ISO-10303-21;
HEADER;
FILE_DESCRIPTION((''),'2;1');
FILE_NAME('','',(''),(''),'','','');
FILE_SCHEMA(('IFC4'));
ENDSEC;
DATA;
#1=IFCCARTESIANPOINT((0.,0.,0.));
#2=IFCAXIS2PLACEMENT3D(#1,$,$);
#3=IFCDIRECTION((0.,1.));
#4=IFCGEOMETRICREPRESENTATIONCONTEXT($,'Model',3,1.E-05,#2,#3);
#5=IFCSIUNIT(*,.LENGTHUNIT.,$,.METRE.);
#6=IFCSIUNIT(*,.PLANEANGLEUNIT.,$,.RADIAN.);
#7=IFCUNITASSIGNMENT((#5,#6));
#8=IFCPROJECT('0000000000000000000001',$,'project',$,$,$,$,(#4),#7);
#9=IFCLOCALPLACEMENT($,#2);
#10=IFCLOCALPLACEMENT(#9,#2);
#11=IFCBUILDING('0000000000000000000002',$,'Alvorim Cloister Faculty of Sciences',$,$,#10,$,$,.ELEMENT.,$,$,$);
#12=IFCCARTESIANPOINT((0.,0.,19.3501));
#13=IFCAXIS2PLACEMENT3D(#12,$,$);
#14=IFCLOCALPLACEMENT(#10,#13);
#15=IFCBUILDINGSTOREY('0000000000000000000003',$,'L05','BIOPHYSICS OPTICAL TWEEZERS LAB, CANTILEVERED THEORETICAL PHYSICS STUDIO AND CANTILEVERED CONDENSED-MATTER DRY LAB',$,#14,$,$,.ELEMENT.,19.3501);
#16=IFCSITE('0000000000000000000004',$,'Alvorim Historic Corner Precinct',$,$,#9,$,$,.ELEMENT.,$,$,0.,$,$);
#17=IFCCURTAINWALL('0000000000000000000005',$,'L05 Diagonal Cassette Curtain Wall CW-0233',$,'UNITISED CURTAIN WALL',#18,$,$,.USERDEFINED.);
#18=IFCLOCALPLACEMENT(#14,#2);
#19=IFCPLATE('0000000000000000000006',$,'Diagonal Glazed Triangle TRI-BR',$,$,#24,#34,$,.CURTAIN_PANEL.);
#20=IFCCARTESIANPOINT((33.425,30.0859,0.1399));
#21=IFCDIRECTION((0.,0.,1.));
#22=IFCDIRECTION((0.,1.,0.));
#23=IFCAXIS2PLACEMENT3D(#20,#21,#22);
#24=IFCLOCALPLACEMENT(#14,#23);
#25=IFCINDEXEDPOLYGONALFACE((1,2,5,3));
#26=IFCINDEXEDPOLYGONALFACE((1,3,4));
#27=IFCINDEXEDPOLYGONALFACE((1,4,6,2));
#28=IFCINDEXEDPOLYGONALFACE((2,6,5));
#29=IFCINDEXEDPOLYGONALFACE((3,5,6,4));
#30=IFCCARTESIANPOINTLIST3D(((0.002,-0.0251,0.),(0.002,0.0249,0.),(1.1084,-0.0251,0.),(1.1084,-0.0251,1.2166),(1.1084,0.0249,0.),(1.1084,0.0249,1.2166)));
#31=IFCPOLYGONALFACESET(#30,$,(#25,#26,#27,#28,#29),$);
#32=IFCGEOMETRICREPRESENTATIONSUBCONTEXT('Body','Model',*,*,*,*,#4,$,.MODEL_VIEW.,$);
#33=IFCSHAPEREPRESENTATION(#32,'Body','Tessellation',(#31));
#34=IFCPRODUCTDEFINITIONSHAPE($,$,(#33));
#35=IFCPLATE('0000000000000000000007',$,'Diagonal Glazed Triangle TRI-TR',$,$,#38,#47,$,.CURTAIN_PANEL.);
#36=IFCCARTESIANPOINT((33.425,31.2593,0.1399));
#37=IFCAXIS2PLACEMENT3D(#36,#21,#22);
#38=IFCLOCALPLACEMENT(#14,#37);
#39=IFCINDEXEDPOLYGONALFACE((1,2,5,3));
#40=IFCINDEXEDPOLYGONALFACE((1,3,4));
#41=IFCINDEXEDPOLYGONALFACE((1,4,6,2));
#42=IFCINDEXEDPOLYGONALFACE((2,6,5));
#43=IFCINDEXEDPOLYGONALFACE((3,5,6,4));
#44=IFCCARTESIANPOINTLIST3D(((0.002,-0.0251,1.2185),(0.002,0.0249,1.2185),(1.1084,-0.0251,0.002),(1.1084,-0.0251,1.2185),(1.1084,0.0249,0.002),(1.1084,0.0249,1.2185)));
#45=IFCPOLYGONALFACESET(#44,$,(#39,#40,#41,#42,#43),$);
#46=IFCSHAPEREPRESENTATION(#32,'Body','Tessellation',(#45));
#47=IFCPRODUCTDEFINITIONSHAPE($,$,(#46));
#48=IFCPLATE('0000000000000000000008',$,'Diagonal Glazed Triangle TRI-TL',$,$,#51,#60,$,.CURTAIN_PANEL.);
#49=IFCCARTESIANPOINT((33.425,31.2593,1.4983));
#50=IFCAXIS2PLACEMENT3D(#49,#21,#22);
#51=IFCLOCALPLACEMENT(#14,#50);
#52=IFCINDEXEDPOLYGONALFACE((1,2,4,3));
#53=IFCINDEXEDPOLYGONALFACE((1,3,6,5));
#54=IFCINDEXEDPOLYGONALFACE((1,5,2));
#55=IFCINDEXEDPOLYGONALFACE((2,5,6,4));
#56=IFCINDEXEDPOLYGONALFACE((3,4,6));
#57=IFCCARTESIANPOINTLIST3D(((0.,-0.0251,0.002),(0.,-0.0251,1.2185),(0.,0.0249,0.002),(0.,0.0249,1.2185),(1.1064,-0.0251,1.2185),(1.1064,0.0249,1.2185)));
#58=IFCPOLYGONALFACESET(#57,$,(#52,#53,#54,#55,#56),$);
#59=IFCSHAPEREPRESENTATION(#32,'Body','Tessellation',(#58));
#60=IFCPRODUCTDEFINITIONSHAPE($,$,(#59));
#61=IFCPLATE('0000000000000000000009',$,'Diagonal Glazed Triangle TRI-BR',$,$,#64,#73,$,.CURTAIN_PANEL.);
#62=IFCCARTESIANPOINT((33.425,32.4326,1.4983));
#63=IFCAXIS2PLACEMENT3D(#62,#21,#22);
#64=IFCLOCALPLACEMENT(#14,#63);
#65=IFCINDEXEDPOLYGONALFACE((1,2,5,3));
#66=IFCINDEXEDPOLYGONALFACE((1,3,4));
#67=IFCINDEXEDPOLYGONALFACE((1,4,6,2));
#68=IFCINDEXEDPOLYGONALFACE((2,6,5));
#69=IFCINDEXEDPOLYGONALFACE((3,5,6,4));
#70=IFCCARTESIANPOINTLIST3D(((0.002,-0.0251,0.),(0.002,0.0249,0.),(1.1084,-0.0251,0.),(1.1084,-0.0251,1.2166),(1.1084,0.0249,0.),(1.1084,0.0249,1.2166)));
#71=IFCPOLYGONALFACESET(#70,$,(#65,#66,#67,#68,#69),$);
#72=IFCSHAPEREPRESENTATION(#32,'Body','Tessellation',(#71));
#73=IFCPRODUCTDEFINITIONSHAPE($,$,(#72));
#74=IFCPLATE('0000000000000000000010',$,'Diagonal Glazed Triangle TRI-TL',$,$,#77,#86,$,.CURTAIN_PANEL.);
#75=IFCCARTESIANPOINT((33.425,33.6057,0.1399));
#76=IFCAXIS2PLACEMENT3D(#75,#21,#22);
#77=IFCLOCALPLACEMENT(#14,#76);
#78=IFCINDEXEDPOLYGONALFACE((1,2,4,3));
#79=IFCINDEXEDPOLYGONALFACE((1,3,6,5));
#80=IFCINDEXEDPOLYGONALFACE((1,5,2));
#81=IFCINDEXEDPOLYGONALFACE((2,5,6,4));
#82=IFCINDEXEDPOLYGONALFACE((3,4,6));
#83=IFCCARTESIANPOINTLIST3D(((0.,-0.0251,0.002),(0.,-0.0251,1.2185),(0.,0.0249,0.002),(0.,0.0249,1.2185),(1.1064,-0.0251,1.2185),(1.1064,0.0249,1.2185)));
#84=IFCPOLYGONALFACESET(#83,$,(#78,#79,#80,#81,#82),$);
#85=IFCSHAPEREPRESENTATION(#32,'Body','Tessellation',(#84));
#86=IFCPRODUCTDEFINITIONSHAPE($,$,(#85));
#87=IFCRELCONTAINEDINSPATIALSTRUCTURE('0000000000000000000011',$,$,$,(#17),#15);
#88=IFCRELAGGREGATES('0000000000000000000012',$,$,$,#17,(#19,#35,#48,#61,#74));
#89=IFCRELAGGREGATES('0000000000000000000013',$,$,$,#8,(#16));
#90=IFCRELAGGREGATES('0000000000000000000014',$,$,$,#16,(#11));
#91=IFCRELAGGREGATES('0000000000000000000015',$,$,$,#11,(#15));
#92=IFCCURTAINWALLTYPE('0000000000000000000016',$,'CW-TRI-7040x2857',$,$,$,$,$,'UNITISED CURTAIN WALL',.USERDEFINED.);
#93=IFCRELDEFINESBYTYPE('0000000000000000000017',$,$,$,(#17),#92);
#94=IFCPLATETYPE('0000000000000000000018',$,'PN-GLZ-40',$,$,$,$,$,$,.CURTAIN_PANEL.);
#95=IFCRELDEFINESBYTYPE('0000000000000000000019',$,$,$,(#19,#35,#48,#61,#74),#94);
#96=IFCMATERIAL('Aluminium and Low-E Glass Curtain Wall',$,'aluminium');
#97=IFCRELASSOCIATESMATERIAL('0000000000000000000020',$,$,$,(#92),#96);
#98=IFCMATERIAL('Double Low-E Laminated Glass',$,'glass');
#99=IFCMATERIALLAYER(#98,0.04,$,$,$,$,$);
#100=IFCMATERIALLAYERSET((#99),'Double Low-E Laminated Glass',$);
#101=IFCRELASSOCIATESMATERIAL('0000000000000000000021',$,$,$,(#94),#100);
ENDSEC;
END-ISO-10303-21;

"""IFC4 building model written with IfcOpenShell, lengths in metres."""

from ifc_helpers import new_model, si_unit, direction, frame, origin, place, context, subcontext, project, spatial, polyline, outline, extrude, material, layer, layer_set, type_object, element, aggregate, save


model = new_model("IFC4")

# Units and contexts
model_context = context("Model", 3, precision=1e-05, world=origin(), true_north=direction((0.0, 1.0)))
body_context = subcontext(model_context, "Body", "Model", "MODEL_VIEW")
ifc_project = project(units=[si_unit("LENGTHUNIT", "METRE"), si_unit("PLANEANGLEUNIT", "RADIAN")], contexts=[model_context])

# Site, building, storey
site_placement = place(None, origin())
site = spatial("IfcSite", under=ifc_project, at=site_placement, Name="Alvorim Historic Corner Precinct", CompositionType="ELEMENT", RefElevation=0.0)
building_placement = place(site_placement, origin())
building = spatial("IfcBuilding", under=site, at=building_placement, Name="Alvorim Cloister Faculty of Sciences", CompositionType="ELEMENT")
storey_placement = place(building_placement, frame((0.0, 0.0, 19.3501)))
storey = spatial("IfcBuildingStorey", under=building, at=storey_placement, Name="L05", Description="BIOPHYSICS OPTICAL TWEEZERS LAB, CANTILEVERED THEORETICAL PHYSICS STUDIO AND CANTILEVERED CONDENSED-MATTER DRY LAB", CompositionType="ELEMENT", Elevation=19.3501)

# Curtain wall, plates
ifc_material_1 = material(Name="Aluminium and Low-E Glass Curtain Wall", Category="aluminium")
curtain_wall_type = type_object("IfcCurtainWallType", Name="CW-TRI-7040x2857", ElementType="UNITISED CURTAIN WALL", PredefinedType="USERDEFINED", material=ifc_material_1)
curtain_wall_placement = place(storey_placement, origin())
curtain_wall = element("IfcCurtainWall", 1, at=curtain_wall_placement, inside=storey, type_object=curtain_wall_type, Name="L05 Diagonal Cassette Curtain Wall CW-0233", ObjectType="UNITISED CURTAIN WALL", PredefinedType="USERDEFINED")
ifc_material_2 = material(Name="Double Low-E Laminated Glass", Category="glass")
ifc_layer = layer(ifc_material_2, 0.04)
ifc_layer_set = layer_set([ifc_layer], Name="Double Low-E Laminated Glass")
plate_type = type_object("IfcPlateType", Name="PN-GLZ-40", PredefinedType="CURTAIN_PANEL", material=ifc_layer_set)
plate_1_placement = place(storey_placement, frame((33.425, 30.0859, 0.1399), z_axis=(0.0, 0.0, 1.0), x_axis=(0.0, 1.0, 0.0)))
plate_1 = element("IfcPlate", 2, at=plate_1_placement, type_object=plate_type, Name="Diagonal Glazed Triangle TRI-BR", PredefinedType="CURTAIN_PANEL", context=body_context, shape_type="SweptSolid", body=[
    extrude(outline(polyline([(0.002, 0.0), (1.1084, 0.0), (1.1084, 1.2166), (0.002, 0.0)])), frame((0.0, 0.0249, 0.0), z_axis=(0.0, -1.0, 0.0), x_axis=(1.0, 0.0, 0.0)), (0.0, 0.0, 1.0), 0.05),
])
plate_2_placement = place(storey_placement, frame((33.425, 31.2593, 0.1399), z_axis=(0.0, 0.0, 1.0), x_axis=(0.0, 1.0, 0.0)))
plate_2 = element("IfcPlate", 3, at=plate_2_placement, type_object=plate_type, Name="Diagonal Glazed Triangle TRI-TR", PredefinedType="CURTAIN_PANEL", context=body_context, shape_type="SweptSolid", body=[
    extrude(outline(polyline([(1.1084, 0.002), (1.1084, 1.2185), (0.002, 1.2185), (1.1084, 0.002)])), frame((0.0, 0.0249, 0.0), z_axis=(0.0, -1.0, 0.0), x_axis=(1.0, 0.0, 0.0)), (0.0, 0.0, 1.0), 0.05),
])
plate_3_placement = place(storey_placement, frame((33.425, 31.2593, 1.4983), z_axis=(0.0, 0.0, 1.0), x_axis=(0.0, 1.0, 0.0)))
plate_3 = element("IfcPlate", 4, at=plate_3_placement, type_object=plate_type, Name="Diagonal Glazed Triangle TRI-TL", PredefinedType="CURTAIN_PANEL", context=body_context, shape_type="SweptSolid", body=[
    extrude(outline(polyline([(1.1064, 1.2185), (0.0, 1.2185), (0.0, 0.002), (1.1064, 1.2185)])), frame((0.0, 0.0249, 0.0), z_axis=(0.0, -1.0, 0.0), x_axis=(1.0, 0.0, 0.0)), (0.0, 0.0, 1.0), 0.05),
])
plate_4_placement = place(storey_placement, frame((33.425, 32.4326, 1.4983), z_axis=(0.0, 0.0, 1.0), x_axis=(0.0, 1.0, 0.0)))
plate_4 = element("IfcPlate", 5, at=plate_4_placement, type_object=plate_type, Name="Diagonal Glazed Triangle TRI-BR", PredefinedType="CURTAIN_PANEL", context=body_context, shape_type="SweptSolid", body=[
    extrude(outline(polyline([(0.002, 0.0), (1.1084, 0.0), (1.1084, 1.2166), (0.002, 0.0)])), frame((0.0, 0.0249, 0.0), z_axis=(0.0, -1.0, 0.0), x_axis=(1.0, 0.0, 0.0)), (0.0, 0.0, 1.0), 0.05),
])
plate_5_placement = place(storey_placement, frame((33.425, 33.6057, 0.1399), z_axis=(0.0, 0.0, 1.0), x_axis=(0.0, 1.0, 0.0)))
plate_5 = element("IfcPlate", 6, at=plate_5_placement, type_object=plate_type, Name="Diagonal Glazed Triangle TRI-TL", PredefinedType="CURTAIN_PANEL", context=body_context, shape_type="SweptSolid", body=[
    extrude(outline(polyline([(1.1064, 1.2185), (0.0, 1.2185), (0.0, 0.002), (1.1064, 1.2185)])), frame((0.0, 0.0249, 0.0), z_axis=(0.0, -1.0, 0.0), x_axis=(1.0, 0.0, 0.0)), (0.0, 0.0, 1.0), 0.05),
])
aggregate(curtain_wall, [plate_1, plate_2, plate_3, plate_4, plate_5])

save(model, "model.ifc")
